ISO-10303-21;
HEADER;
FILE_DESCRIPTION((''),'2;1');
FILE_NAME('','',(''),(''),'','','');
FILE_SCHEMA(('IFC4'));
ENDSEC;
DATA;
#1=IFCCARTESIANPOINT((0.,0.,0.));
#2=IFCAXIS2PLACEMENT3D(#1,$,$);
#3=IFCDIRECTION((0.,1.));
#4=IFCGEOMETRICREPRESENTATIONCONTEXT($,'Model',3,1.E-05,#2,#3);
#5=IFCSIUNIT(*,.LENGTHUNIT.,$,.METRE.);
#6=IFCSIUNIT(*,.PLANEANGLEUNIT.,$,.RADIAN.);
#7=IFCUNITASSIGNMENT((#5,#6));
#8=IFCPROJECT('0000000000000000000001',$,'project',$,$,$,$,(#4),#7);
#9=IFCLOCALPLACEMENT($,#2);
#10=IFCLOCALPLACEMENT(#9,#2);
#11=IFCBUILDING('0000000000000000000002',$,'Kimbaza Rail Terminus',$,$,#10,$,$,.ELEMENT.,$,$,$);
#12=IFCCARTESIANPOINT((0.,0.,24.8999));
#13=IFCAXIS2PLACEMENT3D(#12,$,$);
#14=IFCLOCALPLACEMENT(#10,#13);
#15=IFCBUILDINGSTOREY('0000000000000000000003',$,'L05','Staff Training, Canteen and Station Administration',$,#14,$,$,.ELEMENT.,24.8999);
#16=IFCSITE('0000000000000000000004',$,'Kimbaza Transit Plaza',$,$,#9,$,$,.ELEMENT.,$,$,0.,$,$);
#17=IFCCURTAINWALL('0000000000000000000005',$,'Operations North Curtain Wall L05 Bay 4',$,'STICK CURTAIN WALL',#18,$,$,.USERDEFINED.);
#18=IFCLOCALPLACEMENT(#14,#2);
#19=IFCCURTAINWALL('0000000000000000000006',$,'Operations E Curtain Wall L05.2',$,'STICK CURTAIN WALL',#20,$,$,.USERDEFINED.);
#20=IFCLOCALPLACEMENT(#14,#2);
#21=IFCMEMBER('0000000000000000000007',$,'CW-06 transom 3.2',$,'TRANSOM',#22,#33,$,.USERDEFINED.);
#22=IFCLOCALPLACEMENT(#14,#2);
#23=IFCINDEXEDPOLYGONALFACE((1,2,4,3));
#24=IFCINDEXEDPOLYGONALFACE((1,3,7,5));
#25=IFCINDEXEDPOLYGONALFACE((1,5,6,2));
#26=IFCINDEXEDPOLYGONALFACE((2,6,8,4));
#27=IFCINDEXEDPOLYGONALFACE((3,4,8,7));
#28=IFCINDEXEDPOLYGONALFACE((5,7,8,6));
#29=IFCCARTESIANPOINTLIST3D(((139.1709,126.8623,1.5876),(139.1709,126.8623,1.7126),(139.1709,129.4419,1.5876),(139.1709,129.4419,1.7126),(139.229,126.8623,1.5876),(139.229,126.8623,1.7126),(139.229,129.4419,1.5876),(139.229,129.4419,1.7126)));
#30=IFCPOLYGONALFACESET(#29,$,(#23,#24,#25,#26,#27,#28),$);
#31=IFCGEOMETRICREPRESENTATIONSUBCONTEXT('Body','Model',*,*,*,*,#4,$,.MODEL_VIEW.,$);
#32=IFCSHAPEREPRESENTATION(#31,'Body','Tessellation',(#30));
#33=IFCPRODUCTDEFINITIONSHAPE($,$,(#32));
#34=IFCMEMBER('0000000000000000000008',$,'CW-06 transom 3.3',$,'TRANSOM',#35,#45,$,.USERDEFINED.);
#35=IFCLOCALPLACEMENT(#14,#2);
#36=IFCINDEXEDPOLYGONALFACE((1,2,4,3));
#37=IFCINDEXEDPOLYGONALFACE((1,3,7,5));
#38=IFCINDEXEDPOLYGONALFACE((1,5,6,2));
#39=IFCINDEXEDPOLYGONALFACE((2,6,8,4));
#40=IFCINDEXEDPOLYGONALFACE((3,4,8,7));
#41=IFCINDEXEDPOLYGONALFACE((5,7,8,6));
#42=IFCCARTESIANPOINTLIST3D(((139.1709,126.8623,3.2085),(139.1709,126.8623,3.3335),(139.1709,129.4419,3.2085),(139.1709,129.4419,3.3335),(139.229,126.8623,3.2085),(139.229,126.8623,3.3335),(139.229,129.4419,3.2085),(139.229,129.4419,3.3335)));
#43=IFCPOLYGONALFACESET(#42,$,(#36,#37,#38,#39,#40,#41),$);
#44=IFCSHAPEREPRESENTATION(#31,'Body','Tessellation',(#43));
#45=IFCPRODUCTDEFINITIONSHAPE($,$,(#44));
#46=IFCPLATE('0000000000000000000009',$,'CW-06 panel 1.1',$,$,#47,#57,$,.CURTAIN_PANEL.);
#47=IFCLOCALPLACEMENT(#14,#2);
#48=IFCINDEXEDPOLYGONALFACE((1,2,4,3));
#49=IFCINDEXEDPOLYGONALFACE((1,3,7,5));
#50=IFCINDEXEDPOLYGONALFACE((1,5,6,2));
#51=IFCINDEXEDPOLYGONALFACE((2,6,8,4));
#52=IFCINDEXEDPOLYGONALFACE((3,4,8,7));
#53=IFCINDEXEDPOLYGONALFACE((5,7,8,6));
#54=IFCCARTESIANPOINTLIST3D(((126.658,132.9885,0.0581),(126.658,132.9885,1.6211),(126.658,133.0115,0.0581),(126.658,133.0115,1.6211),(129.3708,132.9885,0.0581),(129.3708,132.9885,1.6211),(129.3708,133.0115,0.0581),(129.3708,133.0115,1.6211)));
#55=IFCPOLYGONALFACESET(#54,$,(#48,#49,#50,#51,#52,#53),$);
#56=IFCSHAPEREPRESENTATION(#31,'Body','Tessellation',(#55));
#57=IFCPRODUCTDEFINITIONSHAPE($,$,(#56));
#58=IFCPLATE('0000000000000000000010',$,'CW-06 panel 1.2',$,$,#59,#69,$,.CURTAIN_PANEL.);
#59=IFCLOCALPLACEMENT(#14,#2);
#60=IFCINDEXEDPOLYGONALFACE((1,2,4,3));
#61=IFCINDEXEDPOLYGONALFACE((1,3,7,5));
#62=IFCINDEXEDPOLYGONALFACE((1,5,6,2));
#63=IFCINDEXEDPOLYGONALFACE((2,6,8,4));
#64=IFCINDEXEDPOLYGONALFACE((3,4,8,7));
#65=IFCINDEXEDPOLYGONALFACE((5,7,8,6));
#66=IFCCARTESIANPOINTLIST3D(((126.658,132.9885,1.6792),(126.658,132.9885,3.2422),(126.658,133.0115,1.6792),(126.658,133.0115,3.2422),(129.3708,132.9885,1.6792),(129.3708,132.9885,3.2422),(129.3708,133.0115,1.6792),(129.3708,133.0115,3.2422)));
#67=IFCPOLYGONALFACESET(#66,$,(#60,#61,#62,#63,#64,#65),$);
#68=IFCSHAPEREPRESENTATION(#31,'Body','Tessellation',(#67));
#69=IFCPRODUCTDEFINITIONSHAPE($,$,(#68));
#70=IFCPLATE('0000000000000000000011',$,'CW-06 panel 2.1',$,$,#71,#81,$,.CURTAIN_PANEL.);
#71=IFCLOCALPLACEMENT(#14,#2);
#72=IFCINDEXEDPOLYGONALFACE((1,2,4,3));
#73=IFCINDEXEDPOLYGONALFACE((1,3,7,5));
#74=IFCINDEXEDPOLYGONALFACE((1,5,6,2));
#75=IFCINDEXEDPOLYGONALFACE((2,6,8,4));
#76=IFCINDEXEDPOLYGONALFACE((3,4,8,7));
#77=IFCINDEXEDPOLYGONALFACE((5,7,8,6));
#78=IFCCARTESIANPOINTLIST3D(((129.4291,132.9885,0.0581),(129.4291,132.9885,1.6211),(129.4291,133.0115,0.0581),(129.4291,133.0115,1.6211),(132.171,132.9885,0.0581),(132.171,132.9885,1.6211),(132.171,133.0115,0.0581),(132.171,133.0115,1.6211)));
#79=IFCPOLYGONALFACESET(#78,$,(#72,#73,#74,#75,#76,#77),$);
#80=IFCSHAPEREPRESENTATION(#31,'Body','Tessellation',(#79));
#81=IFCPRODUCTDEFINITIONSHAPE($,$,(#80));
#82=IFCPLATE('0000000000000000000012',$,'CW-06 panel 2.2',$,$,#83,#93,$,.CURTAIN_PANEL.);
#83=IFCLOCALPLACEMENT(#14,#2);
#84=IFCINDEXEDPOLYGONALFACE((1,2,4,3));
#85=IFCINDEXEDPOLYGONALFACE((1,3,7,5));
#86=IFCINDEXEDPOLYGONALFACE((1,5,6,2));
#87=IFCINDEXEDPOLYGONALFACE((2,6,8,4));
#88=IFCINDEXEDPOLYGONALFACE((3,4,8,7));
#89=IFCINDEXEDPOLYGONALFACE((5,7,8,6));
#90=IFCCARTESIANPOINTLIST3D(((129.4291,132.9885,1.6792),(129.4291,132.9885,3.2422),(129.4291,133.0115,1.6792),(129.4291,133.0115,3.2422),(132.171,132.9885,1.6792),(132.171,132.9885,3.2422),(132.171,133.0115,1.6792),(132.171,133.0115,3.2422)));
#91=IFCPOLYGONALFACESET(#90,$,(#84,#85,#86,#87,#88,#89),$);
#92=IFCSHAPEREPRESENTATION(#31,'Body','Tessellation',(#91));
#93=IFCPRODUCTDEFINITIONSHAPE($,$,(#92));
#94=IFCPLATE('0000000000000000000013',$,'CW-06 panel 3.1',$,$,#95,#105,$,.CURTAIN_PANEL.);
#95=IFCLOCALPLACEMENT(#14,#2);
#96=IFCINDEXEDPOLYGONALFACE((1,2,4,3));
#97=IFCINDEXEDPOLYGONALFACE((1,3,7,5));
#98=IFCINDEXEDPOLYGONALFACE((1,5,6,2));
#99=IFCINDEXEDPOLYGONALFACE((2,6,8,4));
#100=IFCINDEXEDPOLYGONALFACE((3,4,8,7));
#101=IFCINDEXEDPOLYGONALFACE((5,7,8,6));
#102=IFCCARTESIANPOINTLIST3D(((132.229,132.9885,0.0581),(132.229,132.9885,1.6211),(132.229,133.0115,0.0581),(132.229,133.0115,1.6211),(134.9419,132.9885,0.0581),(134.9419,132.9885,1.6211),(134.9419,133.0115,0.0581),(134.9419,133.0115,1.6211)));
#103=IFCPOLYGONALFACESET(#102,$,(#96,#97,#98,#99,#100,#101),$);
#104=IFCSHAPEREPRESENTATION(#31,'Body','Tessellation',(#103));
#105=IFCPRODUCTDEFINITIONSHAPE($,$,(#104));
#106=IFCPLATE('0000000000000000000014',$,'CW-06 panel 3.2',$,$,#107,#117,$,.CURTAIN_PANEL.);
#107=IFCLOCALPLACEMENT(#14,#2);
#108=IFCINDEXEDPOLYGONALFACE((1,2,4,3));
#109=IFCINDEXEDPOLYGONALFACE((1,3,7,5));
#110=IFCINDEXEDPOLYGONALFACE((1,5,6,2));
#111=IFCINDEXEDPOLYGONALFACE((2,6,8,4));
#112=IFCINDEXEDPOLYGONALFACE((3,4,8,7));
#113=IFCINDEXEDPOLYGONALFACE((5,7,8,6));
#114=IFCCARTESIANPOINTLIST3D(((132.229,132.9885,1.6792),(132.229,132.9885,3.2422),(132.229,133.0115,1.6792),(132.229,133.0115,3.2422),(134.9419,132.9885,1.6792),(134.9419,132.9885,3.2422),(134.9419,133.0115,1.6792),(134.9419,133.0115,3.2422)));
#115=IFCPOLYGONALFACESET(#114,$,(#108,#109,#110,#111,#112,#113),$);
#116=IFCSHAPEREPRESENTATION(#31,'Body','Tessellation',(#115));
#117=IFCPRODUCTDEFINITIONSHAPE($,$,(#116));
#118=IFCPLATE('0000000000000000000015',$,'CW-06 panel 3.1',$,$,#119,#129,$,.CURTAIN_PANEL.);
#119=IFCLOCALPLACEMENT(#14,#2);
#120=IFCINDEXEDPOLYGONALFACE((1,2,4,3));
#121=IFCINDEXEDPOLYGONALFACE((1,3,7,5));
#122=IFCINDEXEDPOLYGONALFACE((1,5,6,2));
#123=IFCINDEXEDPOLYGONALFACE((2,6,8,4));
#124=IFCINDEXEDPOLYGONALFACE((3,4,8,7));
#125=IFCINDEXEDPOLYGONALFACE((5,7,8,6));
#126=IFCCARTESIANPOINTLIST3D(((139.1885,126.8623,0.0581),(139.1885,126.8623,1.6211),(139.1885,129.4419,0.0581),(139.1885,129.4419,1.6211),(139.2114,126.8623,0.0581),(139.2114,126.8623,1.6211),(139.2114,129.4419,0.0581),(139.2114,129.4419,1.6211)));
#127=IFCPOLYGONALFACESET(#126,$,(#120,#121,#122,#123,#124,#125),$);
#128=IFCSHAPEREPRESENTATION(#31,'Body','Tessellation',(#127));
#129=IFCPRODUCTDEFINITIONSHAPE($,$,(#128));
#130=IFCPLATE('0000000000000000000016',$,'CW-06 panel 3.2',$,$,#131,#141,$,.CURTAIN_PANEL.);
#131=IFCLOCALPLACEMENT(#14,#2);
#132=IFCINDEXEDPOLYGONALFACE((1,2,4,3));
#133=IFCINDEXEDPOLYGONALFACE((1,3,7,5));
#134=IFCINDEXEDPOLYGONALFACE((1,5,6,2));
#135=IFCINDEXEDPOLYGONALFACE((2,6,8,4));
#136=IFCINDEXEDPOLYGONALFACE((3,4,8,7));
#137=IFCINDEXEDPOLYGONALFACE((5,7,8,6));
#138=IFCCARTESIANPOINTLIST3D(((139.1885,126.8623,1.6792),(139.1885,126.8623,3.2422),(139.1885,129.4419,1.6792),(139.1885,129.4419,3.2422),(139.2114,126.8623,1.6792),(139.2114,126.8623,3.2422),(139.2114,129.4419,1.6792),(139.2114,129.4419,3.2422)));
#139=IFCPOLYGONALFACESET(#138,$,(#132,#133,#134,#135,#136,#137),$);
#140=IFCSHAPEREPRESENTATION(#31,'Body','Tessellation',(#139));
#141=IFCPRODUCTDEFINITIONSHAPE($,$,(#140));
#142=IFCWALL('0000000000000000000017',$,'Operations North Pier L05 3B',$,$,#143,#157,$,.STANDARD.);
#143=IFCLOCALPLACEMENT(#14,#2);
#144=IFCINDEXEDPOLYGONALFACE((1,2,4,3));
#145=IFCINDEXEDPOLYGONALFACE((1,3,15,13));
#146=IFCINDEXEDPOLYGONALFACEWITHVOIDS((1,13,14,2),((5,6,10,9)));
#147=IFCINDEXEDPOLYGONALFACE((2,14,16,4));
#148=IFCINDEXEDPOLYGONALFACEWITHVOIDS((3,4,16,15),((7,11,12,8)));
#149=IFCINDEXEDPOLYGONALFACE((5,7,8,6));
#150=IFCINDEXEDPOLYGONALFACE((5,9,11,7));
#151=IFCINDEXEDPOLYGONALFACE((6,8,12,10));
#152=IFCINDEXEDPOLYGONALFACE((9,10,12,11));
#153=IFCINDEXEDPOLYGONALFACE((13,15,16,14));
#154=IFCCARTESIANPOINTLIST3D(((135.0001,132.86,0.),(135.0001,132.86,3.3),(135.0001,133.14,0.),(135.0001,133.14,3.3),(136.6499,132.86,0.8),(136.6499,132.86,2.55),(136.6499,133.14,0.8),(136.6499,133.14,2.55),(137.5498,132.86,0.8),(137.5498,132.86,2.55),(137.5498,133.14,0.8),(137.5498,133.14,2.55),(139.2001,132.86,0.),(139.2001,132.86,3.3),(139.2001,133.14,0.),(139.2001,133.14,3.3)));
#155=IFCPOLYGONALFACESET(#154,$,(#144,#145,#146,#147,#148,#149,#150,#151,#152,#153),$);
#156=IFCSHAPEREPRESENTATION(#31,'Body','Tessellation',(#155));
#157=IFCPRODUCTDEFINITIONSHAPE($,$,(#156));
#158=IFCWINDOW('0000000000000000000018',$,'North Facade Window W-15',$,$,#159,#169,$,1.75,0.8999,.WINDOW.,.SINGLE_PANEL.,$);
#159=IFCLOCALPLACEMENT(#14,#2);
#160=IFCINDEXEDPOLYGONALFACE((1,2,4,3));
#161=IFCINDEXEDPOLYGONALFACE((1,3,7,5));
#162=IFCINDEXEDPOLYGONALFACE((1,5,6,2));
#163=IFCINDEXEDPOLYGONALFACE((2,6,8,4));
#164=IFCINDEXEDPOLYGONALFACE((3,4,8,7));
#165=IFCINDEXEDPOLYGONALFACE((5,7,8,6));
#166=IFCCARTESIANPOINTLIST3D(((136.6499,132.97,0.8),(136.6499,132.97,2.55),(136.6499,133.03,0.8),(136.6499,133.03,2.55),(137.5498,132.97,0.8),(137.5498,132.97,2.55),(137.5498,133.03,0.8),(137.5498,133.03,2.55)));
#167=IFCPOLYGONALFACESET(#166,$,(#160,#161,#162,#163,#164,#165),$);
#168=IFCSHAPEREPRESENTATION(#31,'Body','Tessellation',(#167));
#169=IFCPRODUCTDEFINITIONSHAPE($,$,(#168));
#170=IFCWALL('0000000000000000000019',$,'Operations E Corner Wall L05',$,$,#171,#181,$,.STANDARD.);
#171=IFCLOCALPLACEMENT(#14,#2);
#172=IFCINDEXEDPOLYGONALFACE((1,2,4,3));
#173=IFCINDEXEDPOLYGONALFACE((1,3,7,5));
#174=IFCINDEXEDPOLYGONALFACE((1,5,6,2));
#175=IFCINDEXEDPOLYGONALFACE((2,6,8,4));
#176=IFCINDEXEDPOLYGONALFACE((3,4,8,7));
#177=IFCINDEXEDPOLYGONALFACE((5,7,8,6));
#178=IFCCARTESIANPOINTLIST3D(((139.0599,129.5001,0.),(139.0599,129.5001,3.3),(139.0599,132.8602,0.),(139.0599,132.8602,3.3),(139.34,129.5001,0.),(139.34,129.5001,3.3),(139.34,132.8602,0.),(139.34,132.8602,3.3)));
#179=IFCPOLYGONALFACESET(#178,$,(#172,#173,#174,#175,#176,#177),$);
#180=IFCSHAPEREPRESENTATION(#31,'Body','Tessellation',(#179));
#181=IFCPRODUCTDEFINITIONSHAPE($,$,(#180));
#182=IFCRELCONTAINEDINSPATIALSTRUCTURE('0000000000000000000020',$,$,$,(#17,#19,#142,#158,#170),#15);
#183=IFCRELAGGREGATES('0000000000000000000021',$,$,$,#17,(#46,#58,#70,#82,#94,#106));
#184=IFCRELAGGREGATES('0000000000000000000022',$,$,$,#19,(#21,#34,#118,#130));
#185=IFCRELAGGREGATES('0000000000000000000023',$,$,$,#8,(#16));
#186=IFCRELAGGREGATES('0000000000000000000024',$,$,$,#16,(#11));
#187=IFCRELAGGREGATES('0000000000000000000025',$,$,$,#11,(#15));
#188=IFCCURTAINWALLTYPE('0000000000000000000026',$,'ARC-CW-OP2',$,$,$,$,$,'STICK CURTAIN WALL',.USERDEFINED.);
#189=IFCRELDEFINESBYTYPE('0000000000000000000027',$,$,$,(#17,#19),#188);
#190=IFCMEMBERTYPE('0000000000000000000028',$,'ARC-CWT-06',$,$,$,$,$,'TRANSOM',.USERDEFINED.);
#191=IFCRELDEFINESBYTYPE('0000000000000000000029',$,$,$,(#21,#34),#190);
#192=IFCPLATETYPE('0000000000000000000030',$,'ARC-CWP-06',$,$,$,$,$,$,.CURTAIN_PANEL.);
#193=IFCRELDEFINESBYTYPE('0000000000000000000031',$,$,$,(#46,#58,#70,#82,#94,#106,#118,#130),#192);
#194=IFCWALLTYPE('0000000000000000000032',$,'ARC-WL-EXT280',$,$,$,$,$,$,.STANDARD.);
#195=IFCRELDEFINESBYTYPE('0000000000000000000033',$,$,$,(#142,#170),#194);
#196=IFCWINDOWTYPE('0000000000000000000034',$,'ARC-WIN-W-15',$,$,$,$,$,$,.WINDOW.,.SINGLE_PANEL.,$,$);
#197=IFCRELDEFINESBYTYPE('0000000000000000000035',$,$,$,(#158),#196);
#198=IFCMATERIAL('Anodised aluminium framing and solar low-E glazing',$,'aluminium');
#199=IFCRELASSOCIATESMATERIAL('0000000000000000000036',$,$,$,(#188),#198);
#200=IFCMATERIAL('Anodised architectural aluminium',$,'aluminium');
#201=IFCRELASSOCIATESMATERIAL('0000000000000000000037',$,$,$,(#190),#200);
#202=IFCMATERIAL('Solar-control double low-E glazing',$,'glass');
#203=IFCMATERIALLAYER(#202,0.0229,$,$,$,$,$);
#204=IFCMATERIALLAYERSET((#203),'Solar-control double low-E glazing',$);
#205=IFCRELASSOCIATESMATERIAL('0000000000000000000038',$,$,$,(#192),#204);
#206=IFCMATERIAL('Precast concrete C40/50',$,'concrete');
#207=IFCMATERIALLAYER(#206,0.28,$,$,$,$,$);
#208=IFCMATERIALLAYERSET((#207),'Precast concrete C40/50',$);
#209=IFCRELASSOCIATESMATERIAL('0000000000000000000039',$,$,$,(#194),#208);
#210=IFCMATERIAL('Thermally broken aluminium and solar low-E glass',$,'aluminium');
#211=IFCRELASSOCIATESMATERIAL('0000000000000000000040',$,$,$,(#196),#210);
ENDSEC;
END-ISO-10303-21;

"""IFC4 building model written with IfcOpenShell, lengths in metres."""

from ifc_helpers import new_model, si_unit, direction, frame, frame_2d, origin, origin_2d, place, context, subcontext, project, spatial, rectangle, extrude, material, layer, layer_set, material_profile, profile_set, type_object, element, fill, aggregate, save


model = new_model("IFC4")

# Units and contexts
model_context = context("Model", 3, precision=1e-05, world=origin(), true_north=direction((0.0, 1.0)))
body_context = subcontext(model_context, "Body", "Model", "MODEL_VIEW")
ifc_project = project(units=[si_unit("LENGTHUNIT", "METRE"), si_unit("PLANEANGLEUNIT", "RADIAN")], contexts=[model_context])

# Site, building, storey
site_placement = place(None, origin())
site = spatial("IfcSite", under=ifc_project, at=site_placement, Name="Kimbaza Transit Plaza", CompositionType="ELEMENT", RefElevation=0.0)
building_placement = place(site_placement, origin())
building = spatial("IfcBuilding", under=site, at=building_placement, Name="Kimbaza Rail Terminus", CompositionType="ELEMENT")
storey_placement = place(building_placement, frame((0.0, 0.0, 24.8999)))
storey = spatial("IfcBuildingStorey", under=building, at=storey_placement, Name="L05", Description="Staff Training, Canteen and Station Administration", CompositionType="ELEMENT", Elevation=24.8999)

# Curtain wall
ifc_material_1 = material(Name="Anodised aluminium framing and solar low-E glazing", Category="aluminium")
curtain_wall_type = type_object("IfcCurtainWallType", Name="ARC-CW-OP2", ElementType="STICK CURTAIN WALL", PredefinedType="USERDEFINED", material=ifc_material_1)
curtain_wall_1_placement = place(storey_placement, origin())
curtain_wall_1 = element("IfcCurtainWall", 1, at=curtain_wall_1_placement, inside=storey, type_object=curtain_wall_type, Name="Operations North Curtain Wall L05 Bay 4", ObjectType="STICK CURTAIN WALL", PredefinedType="USERDEFINED")

# Curtain wall
curtain_wall_2_placement = place(storey_placement, origin())
curtain_wall_2 = element("IfcCurtainWall", 2, at=curtain_wall_2_placement, inside=storey, type_object=curtain_wall_type, Name="Operations E Curtain Wall L05.2", ObjectType="STICK CURTAIN WALL", PredefinedType="USERDEFINED")

# Members
ifc_material_2 = material(Name="Anodised architectural aluminium", Category="aluminium")
ifc_material_profile_1 = material_profile(ifc_material_2, rectangle(XDim=0.0581, YDim=0.125, at=origin_2d()), Name="TRANSOM 58x125")
ifc_profile_set_1 = profile_set([ifc_material_profile_1], Name="Anodised architectural aluminium")
member_type_1 = type_object("IfcMemberType", Name="ARC-CWT-06", ElementType="TRANSOM", PredefinedType="USERDEFINED", material=ifc_profile_set_1)
member_1_placement = place(storey_placement, frame((139.2, 126.8623, 1.6501), z_axis=(0.0, 1.0, 0.0), x_axis=(-1.0, 0.0, 0.0)))
member_1 = element("IfcMember", 3, at=member_1_placement, type_object=member_type_1, Name="CW-06 transom 3.2", ObjectType="TRANSOM", PredefinedType="USERDEFINED", context=body_context, shape_type="SweptSolid", body=[
    extrude(rectangle(XDim=0.0581, YDim=0.125, at=origin_2d()), origin(), (0.0, 0.0, 1.0), 2.5796),
])
member_2_placement = place(storey_placement, frame((139.2, 126.8623, 3.271), z_axis=(0.0, 1.0, 0.0), x_axis=(-1.0, 0.0, 0.0)))
member_2 = element("IfcMember", 4, at=member_2_placement, type_object=member_type_1, Name="CW-06 transom 3.3", ObjectType="TRANSOM", PredefinedType="USERDEFINED", context=body_context, shape_type="SweptSolid", body=[
    extrude(rectangle(XDim=0.0581, YDim=0.125, at=origin_2d()), origin(), (0.0, 0.0, 1.0), 2.5796),
])

# Plates
ifc_material_3 = material(Name="Solar-control double low-E glazing", Category="glass")
ifc_layer_1 = layer(ifc_material_3, 0.0229)
ifc_layer_set_1 = layer_set([ifc_layer_1], Name="Solar-control double low-E glazing")
plate_type = type_object("IfcPlateType", Name="ARC-CWP-06", PredefinedType="CURTAIN_PANEL", material=ifc_layer_set_1)
plate_1_placement = place(storey_placement, frame((128.0144, 133.0, 0.0581), z_axis=(0.0, 0.0, 1.0), x_axis=(1.0, 0.0, 0.0)))
plate_1 = element("IfcPlate", 5, at=plate_1_placement, type_object=plate_type, Name="CW-06 panel 1.1", PredefinedType="CURTAIN_PANEL", context=body_context, shape_type="SweptSolid", body=[
    extrude(rectangle(XDim=2.7129, YDim=0.0229, at=origin_2d()), origin(), (0.0, 0.0, 1.0), 1.563),
])
plate_2_placement = place(storey_placement, frame((128.0144, 133.0, 1.6792), z_axis=(0.0, 0.0, 1.0), x_axis=(1.0, 0.0, 0.0)))
plate_2 = element("IfcPlate", 6, at=plate_2_placement, type_object=plate_type, Name="CW-06 panel 1.2", PredefinedType="CURTAIN_PANEL", context=body_context, shape_type="SweptSolid", body=[
    extrude(rectangle(XDim=2.7129, YDim=0.0229, at=origin_2d()), origin(), (0.0, 0.0, 1.0), 1.563),
])
plate_3_placement = place(storey_placement, frame((130.8, 133.0, 0.0581), z_axis=(0.0, 0.0, 1.0), x_axis=(1.0, 0.0, 0.0)))
plate_3 = element("IfcPlate", 7, at=plate_3_placement, type_object=plate_type, Name="CW-06 panel 2.1", PredefinedType="CURTAIN_PANEL", context=body_context, shape_type="SweptSolid", body=[
    extrude(rectangle(XDim=2.7419, YDim=0.0229, at=origin_2d()), origin(), (0.0, 0.0, 1.0), 1.563),
])
plate_4_placement = place(storey_placement, frame((130.8, 133.0, 1.6792), z_axis=(0.0, 0.0, 1.0), x_axis=(1.0, 0.0, 0.0)))
plate_4 = element("IfcPlate", 8, at=plate_4_placement, type_object=plate_type, Name="CW-06 panel 2.2", PredefinedType="CURTAIN_PANEL", context=body_context, shape_type="SweptSolid", body=[
    extrude(rectangle(XDim=2.7419, YDim=0.0229, at=origin_2d()), origin(), (0.0, 0.0, 1.0), 1.563),
])
plate_5_placement = place(storey_placement, frame((133.5854, 133.0, 0.0581), z_axis=(0.0, 0.0, 1.0), x_axis=(1.0, 0.0, 0.0)))
plate_5 = element("IfcPlate", 9, at=plate_5_placement, type_object=plate_type, Name="CW-06 panel 3.1", PredefinedType="CURTAIN_PANEL", context=body_context, shape_type="SweptSolid", body=[
    extrude(rectangle(XDim=2.7129, YDim=0.0229, at=origin_2d()), origin(), (0.0, 0.0, 1.0), 1.563),
])
plate_6_placement = place(storey_placement, frame((133.5854, 133.0, 1.6792), z_axis=(0.0, 0.0, 1.0), x_axis=(1.0, 0.0, 0.0)))
plate_6 = element("IfcPlate", 10, at=plate_6_placement, type_object=plate_type, Name="CW-06 panel 3.2", PredefinedType="CURTAIN_PANEL", context=body_context, shape_type="SweptSolid", body=[
    extrude(rectangle(XDim=2.7129, YDim=0.0229, at=origin_2d()), origin(), (0.0, 0.0, 1.0), 1.563),
])
aggregate(curtain_wall_1, [plate_1, plate_2, plate_3, plate_4, plate_5, plate_6])
plate_7_placement = place(storey_placement, frame((139.2, 128.1521, 0.0581), z_axis=(0.0, 0.0, 1.0), x_axis=(0.0, 1.0, 0.0)))
plate_7 = element("IfcPlate", 11, at=plate_7_placement, type_object=plate_type, Name="CW-06 panel 3.1", PredefinedType="CURTAIN_PANEL", context=body_context, shape_type="SweptSolid", body=[
    extrude(rectangle(XDim=2.5796, YDim=0.0229, at=origin_2d()), origin(), (0.0, 0.0, 1.0), 1.563),
])
plate_8_placement = place(storey_placement, frame((139.2, 128.1521, 1.6792), z_axis=(0.0, 0.0, 1.0), x_axis=(0.0, 1.0, 0.0)))
plate_8 = element("IfcPlate", 12, at=plate_8_placement, type_object=plate_type, Name="CW-06 panel 3.2", PredefinedType="CURTAIN_PANEL", context=body_context, shape_type="SweptSolid", body=[
    extrude(rectangle(XDim=2.5796, YDim=0.0229, at=origin_2d()), origin(), (0.0, 0.0, 1.0), 1.563),
])
aggregate(curtain_wall_2, [member_1, member_2, plate_7, plate_8])

# Wall, opening, window
ifc_material_4 = material(Name="Precast concrete C40/50", Category="concrete")
ifc_layer_2 = layer(ifc_material_4, 0.28)
ifc_layer_set_2 = layer_set([ifc_layer_2], Name="Precast concrete C40/50")
wall_type = type_object("IfcWallType", Name="ARC-WL-EXT280", PredefinedType="STANDARD", material=ifc_layer_set_2)
wall_1_placement = place(storey_placement, frame((135.0, 133.0, 0.0), z_axis=(0.0, 0.0, 1.0), x_axis=(1.0, 0.0, 0.0)))
wall_1 = element("IfcWall", 13, at=wall_1_placement, inside=storey, type_object=wall_type, Name="Operations North Pier L05 3B", PredefinedType="STANDARD", context=body_context, shape_type="SweptSolid", body=[
    extrude(rectangle(XDim=4.2, YDim=0.28, at=frame_2d((2.1001, 0.0))), origin(), (0.0, 0.0, 1.0), 3.3),
])
opening_placement = place(wall_1_placement, frame((1.6499, 0.0, 0.8)))
opening = element("IfcOpeningElement", 14, at=opening_placement, cuts=wall_1, PredefinedType="OPENING", context=body_context, shape_type="SweptSolid", body=[
    extrude(rectangle(XDim=0.8999, YDim=1.75, at=frame_2d((0.45, 0.875))), frame((0.0, 0.1499, 0.0), z_axis=(0.0, -1.0, 0.0), x_axis=(1.0, 0.0, 0.0)), (0.0, 0.0, 1.0), 0.3),
])
ifc_material_5 = material(Name="Thermally broken aluminium and solar low-E glass", Category="aluminium")
window_type = type_object("IfcWindowType", Name="ARC-WIN-W-15", PartitioningType="SINGLE_PANEL", PredefinedType="WINDOW", material=ifc_material_5)
window_placement = place(opening_placement, origin())
window = element("IfcWindow", 15, at=window_placement, inside=storey, type_object=window_type, Name="North Facade Window W-15", OverallHeight=1.75, OverallWidth=0.8999, PartitioningType="SINGLE_PANEL", PredefinedType="WINDOW", context=body_context, shape_type="SweptSolid", body=[
    extrude(rectangle(XDim=0.8999, YDim=1.75, at=frame_2d((0.45, 0.875))), frame((0.0, 0.03, 0.0), z_axis=(0.0, -1.0, 0.0), x_axis=(1.0, 0.0, 0.0)), (0.0, 0.0, 1.0), 0.0601),
])
fill(opening, window)

# Wall
wall_2_placement = place(storey_placement, frame((139.2, 129.5, 0.0), z_axis=(0.0, 0.0, 1.0), x_axis=(0.0, 1.0, 0.0)))
element("IfcWall", 16, at=wall_2_placement, inside=storey, type_object=wall_type, Name="Operations E Corner Wall L05", PredefinedType="STANDARD", context=body_context, shape_type="SweptSolid", body=[
    extrude(rectangle(XDim=3.3601, YDim=0.28, at=frame_2d((1.6802, 0.0))), origin(), (0.0, 0.0, 1.0), 3.3),
])

save(model, "model.ifc")
